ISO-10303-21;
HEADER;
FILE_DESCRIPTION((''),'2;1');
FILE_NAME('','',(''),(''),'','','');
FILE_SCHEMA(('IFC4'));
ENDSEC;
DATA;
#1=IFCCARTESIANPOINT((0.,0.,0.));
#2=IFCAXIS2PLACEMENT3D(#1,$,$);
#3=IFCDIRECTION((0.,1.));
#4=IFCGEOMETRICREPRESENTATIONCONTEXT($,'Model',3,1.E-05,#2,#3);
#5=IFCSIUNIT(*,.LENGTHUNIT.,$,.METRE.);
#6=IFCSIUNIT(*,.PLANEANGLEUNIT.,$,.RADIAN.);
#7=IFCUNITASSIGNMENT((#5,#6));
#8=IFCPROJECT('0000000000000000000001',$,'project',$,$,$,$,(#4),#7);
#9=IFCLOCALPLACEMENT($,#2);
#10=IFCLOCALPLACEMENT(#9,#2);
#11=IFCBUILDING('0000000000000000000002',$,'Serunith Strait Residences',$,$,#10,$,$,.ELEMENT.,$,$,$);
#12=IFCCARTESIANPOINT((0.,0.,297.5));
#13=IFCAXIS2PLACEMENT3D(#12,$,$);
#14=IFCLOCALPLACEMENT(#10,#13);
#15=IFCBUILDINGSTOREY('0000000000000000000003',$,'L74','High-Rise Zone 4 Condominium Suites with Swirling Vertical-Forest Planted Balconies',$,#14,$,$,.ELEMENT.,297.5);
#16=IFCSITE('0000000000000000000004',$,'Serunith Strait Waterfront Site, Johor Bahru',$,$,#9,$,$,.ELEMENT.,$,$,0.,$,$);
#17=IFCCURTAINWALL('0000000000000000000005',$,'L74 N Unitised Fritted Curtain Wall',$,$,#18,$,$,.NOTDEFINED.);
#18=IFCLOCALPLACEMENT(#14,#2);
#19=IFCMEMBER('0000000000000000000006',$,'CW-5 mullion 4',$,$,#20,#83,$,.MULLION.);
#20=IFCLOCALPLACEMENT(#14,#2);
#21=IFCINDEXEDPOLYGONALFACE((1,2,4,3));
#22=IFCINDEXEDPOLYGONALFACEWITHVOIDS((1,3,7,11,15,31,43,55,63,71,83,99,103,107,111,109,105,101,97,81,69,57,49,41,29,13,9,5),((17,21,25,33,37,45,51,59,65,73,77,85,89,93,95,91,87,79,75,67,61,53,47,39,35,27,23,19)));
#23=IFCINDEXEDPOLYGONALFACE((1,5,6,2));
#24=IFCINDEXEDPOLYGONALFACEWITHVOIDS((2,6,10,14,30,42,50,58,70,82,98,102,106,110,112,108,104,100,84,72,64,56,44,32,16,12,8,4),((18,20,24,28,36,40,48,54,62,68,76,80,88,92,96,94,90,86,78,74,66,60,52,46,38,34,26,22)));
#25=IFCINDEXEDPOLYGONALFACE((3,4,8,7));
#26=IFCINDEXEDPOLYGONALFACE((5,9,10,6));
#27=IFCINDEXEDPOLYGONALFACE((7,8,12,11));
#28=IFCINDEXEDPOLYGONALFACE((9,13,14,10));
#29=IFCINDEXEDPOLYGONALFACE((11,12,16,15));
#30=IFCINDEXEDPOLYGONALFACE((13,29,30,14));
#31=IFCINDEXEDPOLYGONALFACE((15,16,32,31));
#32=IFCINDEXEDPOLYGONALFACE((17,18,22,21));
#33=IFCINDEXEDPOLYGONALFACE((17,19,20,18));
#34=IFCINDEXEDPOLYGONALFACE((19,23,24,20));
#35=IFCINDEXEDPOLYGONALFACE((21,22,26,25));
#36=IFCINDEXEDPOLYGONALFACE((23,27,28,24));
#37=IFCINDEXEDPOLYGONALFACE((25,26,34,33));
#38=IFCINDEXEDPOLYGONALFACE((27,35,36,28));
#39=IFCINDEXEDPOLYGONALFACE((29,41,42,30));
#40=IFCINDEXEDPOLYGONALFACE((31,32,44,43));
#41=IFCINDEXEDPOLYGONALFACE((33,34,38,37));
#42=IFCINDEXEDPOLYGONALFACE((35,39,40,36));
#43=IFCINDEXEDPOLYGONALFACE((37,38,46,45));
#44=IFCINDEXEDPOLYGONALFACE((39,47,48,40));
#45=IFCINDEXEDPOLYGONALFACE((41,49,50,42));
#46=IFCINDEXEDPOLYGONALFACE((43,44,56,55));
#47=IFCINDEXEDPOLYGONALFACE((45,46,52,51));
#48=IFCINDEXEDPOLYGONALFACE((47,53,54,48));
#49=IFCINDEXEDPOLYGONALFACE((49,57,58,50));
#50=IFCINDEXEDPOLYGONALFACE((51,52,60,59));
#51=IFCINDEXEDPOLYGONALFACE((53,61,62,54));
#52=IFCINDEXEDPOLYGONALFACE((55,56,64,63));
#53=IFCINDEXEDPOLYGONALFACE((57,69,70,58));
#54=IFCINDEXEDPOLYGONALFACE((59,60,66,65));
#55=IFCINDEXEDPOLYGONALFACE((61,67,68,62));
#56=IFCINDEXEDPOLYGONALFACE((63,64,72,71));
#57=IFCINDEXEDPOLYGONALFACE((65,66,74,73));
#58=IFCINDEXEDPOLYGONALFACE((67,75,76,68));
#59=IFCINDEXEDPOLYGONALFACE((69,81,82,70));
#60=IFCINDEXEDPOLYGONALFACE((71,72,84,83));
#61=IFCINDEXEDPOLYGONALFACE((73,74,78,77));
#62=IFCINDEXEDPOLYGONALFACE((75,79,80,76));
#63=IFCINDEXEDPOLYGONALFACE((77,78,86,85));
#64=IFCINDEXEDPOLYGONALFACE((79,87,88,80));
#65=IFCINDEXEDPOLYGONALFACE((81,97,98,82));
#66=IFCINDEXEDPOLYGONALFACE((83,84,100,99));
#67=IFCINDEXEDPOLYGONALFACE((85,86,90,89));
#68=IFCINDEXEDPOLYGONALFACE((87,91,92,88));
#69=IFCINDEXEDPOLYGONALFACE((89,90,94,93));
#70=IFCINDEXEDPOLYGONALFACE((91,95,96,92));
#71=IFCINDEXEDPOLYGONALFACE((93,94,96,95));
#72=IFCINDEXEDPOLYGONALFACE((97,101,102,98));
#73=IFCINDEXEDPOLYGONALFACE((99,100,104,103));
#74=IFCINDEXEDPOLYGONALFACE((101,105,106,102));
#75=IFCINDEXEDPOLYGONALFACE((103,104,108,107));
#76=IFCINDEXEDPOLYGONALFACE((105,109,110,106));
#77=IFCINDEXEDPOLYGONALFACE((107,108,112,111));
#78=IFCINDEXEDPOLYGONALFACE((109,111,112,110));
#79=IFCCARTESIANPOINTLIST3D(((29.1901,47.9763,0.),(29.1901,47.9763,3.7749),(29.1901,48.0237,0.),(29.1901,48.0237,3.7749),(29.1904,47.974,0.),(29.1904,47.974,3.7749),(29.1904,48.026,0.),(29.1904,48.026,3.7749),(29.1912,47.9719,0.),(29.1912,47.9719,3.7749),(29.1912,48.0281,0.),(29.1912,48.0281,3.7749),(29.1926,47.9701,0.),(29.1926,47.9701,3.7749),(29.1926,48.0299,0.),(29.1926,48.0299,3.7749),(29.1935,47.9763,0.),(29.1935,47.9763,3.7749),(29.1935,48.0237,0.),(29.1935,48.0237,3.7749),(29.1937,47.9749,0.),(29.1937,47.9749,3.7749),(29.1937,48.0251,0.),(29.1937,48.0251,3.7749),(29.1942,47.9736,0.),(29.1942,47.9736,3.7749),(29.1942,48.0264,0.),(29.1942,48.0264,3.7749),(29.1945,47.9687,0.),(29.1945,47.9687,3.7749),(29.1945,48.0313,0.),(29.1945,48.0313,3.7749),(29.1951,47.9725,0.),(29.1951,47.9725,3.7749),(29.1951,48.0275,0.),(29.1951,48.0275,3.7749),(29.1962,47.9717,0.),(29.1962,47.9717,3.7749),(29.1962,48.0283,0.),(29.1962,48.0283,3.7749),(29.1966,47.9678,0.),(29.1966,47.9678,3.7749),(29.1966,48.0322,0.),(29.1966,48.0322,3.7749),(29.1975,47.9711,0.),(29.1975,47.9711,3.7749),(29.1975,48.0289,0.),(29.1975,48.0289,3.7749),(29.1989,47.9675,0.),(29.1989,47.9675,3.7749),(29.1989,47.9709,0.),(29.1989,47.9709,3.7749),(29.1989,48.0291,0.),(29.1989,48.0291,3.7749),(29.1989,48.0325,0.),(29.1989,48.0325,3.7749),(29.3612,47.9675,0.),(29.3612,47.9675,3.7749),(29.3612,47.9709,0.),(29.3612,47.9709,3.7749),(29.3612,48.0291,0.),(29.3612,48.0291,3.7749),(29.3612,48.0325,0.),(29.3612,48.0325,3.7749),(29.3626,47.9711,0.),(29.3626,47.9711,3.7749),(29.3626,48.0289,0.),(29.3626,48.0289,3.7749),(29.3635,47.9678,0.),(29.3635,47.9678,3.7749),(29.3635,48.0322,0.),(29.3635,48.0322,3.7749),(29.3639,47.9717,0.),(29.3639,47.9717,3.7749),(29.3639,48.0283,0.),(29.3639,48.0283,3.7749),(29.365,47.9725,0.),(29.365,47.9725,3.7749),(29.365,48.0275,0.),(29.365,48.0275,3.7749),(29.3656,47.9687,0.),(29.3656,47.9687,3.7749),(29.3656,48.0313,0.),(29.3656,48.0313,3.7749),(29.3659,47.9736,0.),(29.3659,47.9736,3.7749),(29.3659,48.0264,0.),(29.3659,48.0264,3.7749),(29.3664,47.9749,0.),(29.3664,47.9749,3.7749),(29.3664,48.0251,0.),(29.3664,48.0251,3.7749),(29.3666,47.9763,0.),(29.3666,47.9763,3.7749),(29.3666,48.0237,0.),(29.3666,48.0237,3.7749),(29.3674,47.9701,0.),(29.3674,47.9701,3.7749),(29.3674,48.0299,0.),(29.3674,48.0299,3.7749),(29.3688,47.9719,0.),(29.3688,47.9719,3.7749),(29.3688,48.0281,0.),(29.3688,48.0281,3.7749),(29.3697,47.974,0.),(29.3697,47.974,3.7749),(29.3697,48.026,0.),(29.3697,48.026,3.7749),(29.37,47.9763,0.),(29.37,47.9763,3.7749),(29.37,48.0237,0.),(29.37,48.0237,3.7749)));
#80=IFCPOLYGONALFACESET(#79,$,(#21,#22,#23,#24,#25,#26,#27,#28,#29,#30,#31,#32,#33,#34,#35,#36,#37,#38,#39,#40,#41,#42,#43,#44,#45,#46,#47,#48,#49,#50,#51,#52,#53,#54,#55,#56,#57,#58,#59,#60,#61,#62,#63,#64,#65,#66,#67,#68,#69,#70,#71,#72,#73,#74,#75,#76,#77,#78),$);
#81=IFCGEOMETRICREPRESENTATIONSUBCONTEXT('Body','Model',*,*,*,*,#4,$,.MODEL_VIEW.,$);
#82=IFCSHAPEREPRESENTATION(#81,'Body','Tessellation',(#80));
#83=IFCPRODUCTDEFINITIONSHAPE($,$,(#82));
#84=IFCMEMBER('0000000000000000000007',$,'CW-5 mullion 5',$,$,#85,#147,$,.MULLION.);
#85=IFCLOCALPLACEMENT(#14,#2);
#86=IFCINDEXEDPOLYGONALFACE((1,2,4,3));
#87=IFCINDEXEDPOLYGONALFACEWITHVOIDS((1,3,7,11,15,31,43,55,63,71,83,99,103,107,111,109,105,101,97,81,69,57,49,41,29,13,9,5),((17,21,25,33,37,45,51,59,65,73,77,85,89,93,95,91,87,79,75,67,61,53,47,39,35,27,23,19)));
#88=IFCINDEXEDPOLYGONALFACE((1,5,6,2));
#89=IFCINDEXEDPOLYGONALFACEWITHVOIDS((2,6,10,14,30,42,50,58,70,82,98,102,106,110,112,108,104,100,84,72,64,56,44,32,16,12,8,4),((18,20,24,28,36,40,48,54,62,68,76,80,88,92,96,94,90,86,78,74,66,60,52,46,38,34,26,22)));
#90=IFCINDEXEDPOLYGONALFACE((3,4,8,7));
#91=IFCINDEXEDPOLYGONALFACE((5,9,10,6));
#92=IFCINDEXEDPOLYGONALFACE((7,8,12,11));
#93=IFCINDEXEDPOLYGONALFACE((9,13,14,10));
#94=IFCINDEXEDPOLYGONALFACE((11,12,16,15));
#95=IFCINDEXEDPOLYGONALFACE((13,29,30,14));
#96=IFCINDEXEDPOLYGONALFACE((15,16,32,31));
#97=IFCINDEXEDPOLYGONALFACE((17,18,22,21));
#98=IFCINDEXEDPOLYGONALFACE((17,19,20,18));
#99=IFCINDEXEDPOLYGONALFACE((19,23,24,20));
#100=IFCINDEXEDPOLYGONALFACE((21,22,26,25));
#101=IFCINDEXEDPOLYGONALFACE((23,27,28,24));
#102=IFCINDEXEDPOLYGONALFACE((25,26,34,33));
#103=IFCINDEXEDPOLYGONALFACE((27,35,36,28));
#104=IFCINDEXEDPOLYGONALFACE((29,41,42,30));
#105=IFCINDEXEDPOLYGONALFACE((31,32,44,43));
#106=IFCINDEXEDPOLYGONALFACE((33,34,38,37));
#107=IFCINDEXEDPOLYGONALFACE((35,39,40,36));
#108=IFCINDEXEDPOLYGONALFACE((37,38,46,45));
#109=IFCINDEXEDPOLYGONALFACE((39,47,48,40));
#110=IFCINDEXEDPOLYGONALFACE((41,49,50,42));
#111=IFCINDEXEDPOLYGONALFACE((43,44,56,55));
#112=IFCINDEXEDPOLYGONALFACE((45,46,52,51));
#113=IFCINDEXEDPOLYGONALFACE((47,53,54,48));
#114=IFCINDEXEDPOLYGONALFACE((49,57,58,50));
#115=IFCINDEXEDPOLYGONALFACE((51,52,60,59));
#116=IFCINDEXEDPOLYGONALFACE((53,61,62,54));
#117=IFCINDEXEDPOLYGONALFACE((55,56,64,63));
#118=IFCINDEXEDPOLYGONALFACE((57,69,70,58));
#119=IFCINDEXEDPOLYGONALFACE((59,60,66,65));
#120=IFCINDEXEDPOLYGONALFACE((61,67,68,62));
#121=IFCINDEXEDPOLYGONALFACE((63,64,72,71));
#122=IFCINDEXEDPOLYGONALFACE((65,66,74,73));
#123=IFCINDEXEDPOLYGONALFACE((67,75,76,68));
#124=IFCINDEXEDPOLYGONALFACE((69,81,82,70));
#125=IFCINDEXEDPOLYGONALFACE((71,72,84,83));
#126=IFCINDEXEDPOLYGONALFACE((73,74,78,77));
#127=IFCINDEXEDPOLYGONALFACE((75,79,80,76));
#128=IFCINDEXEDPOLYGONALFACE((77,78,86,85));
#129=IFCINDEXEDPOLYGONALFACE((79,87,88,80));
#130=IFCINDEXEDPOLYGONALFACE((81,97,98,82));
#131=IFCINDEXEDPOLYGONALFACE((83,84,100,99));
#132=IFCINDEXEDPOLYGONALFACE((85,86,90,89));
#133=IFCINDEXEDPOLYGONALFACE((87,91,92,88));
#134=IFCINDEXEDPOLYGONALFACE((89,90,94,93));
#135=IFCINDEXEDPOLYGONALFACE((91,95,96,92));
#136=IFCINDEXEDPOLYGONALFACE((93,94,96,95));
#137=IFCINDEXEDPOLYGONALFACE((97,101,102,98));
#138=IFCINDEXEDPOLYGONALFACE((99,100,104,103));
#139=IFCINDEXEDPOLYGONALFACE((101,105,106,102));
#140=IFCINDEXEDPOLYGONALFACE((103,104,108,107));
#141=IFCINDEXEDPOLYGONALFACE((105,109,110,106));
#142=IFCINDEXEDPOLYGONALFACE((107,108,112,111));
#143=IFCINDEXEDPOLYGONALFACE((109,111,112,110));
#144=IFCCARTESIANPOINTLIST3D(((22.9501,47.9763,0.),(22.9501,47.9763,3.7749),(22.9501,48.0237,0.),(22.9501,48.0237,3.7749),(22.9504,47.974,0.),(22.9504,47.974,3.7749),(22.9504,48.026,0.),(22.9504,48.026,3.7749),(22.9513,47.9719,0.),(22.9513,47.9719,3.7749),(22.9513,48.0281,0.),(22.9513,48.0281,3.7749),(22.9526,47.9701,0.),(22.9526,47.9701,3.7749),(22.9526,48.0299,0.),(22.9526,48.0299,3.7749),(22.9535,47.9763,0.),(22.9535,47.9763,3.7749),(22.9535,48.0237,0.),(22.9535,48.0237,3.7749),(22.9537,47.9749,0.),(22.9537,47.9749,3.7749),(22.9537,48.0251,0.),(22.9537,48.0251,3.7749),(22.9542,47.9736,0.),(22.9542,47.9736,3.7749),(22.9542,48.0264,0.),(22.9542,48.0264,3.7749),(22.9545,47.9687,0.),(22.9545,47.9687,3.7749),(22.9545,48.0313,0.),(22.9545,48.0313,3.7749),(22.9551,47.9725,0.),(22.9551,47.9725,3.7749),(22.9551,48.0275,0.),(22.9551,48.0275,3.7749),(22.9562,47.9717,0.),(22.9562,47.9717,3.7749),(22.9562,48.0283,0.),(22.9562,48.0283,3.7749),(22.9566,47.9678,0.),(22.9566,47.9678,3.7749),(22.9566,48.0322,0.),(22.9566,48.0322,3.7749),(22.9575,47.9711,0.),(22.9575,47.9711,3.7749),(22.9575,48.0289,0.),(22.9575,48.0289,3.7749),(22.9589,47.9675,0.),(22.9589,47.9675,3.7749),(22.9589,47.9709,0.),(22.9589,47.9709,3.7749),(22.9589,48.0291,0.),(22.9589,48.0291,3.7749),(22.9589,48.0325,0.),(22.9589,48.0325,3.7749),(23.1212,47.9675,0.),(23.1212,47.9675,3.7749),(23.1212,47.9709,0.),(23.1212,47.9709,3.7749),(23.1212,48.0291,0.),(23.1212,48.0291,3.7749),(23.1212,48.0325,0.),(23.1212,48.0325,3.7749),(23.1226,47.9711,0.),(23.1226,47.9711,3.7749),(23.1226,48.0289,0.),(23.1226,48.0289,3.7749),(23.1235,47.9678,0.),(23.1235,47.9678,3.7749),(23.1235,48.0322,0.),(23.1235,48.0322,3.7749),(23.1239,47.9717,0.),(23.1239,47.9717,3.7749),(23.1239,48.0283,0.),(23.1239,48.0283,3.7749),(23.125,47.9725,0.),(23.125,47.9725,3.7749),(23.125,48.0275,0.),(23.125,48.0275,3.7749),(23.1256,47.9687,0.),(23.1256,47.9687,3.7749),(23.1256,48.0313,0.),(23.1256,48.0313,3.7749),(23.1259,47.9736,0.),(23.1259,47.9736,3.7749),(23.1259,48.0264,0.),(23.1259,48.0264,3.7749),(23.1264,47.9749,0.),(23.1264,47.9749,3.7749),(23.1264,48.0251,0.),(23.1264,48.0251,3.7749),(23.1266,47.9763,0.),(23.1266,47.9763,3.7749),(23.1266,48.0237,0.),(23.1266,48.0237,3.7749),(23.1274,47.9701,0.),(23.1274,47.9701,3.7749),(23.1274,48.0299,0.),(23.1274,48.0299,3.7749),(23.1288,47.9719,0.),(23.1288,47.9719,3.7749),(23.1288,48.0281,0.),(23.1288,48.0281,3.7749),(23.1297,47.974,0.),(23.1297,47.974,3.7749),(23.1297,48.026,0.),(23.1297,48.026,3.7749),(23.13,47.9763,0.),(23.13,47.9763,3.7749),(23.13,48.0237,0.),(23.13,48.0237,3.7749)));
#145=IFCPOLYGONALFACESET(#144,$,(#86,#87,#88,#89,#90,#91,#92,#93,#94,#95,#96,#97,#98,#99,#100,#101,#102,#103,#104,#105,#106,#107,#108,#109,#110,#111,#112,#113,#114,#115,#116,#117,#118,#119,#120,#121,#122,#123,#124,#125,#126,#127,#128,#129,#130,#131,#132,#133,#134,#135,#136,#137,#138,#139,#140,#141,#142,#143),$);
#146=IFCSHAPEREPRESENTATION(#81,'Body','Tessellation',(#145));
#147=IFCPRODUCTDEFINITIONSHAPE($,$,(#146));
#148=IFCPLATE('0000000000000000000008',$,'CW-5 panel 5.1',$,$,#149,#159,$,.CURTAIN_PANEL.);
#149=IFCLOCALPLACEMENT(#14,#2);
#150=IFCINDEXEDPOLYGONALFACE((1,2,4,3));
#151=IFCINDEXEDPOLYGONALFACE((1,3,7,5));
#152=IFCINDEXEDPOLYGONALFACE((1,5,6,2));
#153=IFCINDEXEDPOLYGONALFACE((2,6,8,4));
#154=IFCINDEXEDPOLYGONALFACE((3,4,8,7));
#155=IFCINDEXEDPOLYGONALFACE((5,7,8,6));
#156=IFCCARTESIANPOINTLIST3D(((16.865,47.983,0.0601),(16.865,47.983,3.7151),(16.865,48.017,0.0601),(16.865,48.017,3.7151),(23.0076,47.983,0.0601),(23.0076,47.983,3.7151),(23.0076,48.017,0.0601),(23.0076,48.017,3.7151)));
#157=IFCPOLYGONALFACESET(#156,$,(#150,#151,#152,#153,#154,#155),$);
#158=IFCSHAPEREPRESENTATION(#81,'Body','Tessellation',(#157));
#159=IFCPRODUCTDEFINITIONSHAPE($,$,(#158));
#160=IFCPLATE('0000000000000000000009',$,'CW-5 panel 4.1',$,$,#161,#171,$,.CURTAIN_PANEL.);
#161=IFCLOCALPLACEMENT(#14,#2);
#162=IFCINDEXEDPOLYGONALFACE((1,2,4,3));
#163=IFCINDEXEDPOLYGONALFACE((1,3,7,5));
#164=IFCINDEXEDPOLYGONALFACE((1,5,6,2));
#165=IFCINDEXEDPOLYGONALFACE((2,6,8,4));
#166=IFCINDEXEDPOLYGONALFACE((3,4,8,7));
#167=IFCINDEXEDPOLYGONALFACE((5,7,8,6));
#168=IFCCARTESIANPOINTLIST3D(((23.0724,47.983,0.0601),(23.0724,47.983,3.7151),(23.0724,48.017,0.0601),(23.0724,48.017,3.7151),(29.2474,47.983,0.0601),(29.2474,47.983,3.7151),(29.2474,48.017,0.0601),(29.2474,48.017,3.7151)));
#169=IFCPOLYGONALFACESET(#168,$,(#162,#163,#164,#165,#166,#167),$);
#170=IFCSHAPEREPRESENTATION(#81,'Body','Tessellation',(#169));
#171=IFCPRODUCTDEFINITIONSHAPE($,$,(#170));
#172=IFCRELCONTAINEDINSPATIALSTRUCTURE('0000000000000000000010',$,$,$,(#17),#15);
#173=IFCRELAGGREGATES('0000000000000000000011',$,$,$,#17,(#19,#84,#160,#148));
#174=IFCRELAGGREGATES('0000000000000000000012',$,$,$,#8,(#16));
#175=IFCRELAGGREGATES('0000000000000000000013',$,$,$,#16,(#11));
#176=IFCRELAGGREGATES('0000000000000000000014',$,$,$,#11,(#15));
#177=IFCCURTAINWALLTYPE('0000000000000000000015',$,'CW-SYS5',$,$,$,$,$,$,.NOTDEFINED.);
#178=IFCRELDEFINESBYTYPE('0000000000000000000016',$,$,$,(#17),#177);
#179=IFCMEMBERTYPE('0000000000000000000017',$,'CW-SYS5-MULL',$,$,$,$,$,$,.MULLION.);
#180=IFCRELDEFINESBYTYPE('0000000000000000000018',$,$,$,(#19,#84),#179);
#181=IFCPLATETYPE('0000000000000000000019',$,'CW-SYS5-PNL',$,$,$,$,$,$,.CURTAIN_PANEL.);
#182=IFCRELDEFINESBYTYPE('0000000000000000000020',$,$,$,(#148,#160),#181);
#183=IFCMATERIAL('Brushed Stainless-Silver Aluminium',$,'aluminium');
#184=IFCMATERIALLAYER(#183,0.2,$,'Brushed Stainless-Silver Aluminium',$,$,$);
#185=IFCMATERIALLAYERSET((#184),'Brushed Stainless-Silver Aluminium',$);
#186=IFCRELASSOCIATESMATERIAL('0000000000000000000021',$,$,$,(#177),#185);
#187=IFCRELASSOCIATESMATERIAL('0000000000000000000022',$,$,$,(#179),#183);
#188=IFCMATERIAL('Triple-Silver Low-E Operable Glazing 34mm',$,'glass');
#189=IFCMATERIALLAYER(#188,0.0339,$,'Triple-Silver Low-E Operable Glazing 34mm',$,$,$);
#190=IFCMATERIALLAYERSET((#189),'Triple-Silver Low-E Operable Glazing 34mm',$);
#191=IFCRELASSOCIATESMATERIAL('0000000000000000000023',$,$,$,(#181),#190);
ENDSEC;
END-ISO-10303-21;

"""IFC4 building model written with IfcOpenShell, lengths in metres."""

from ifc_helpers import new_model, si_unit, direction, frame, origin, origin_2d, place, context, subcontext, project, spatial, rectangle, hollow_rectangle, extrude, source, transform, mapped, material, layer, layer_set, material_profile, profile_set, type_object, element, aggregate, save


model = new_model("IFC4")

# Units and contexts
model_context = context("Model", 3, precision=1e-05, world=origin(), true_north=direction((0.0, 1.0)))
body_context = subcontext(model_context, "Body", "Model", "MODEL_VIEW")
ifc_project = project(units=[si_unit("LENGTHUNIT", "METRE"), si_unit("PLANEANGLEUNIT", "RADIAN")], contexts=[model_context])

# Site, building, storey
site_placement = place(None, origin())
site = spatial("IfcSite", under=ifc_project, at=site_placement, Name="Serunith Strait Waterfront Site, Johor Bahru", CompositionType="ELEMENT", RefElevation=0.0)
building_placement = place(site_placement, origin())
building = spatial("IfcBuilding", under=site, at=building_placement, Name="Serunith Strait Residences", CompositionType="ELEMENT")
storey_placement = place(building_placement, frame((0.0, 0.0, 297.5)))
storey = spatial("IfcBuildingStorey", under=building, at=storey_placement, Name="L74", Description="High-Rise Zone 4 Condominium Suites with Swirling Vertical-Forest Planted Balconies", CompositionType="ELEMENT", Elevation=297.5)

# Curtain wall, members, plates
ifc_material_1 = material(Name="Brushed Stainless-Silver Aluminium", Category="aluminium")
ifc_layer_1 = layer(ifc_material_1, 0.2, Name="Brushed Stainless-Silver Aluminium")
ifc_layer_set_1 = layer_set([ifc_layer_1], Name="Brushed Stainless-Silver Aluminium")
curtain_wall_type = type_object("IfcCurtainWallType", Name="CW-SYS5", PredefinedType="NOTDEFINED", material=ifc_layer_set_1)
curtain_wall_placement = place(storey_placement, origin())
curtain_wall = element("IfcCurtainWall", 1, at=curtain_wall_placement, inside=storey, type_object=curtain_wall_type, Name="L74 N Unitised Fritted Curtain Wall", PredefinedType="NOTDEFINED")
ifc_material_profile_1 = material_profile(ifc_material_1, hollow_rectangle(XDim=0.0649, YDim=0.1799, WallThickness=0.0034, InnerFilletRadius=0.0054, OuterFilletRadius=0.0088, at=origin_2d()), Name="ALU 180x65x3.5")
ifc_profile_set_1 = profile_set([ifc_material_profile_1], Name="Brushed Stainless-Silver Aluminium")
member_type_1 = type_object("IfcMemberType", Name="CW-SYS5-MULL", PredefinedType="MULLION", material=ifc_profile_set_1)
shared_shape_1 = source(origin(), body_context, "Body", "SweptSolid", [
    extrude(hollow_rectangle(XDim=0.0649, YDim=0.1799, WallThickness=0.0034, InnerFilletRadius=0.0054, OuterFilletRadius=0.0088, at=origin_2d()), origin(), (0.0, 0.0, 1.0), 3.7749),
])
member_1_placement = place(storey_placement, frame((29.28, 48.0, 0.0), z_axis=(0.0, 0.0, 1.0), x_axis=(0.0, -1.0, 0.0)))
member_1 = element("IfcMember", 2, at=member_1_placement, type_object=member_type_1, Name="CW-5 mullion 4", PredefinedType="MULLION", context=body_context, shape_type="MappedRepresentation", body=[
    mapped(shared_shape_1, transform((0.0, 0.0, 0.0), scale=1.0)),
])
member_2_placement = place(storey_placement, frame((23.04, 48.0, 0.0), z_axis=(0.0, 0.0, 1.0), x_axis=(0.0, -1.0, 0.0)))
member_2 = element("IfcMember", 3, at=member_2_placement, type_object=member_type_1, Name="CW-5 mullion 5", PredefinedType="MULLION", context=body_context, shape_type="MappedRepresentation", body=[
    mapped(shared_shape_1, transform((0.0, 0.0, 0.0), scale=1.0)),
])
ifc_material_2 = material(Name="Triple-Silver Low-E Operable Glazing 34mm", Category="glass")
ifc_layer_2 = layer(ifc_material_2, 0.0339, Name="Triple-Silver Low-E Operable Glazing 34mm")
ifc_layer_set_2 = layer_set([ifc_layer_2], Name="Triple-Silver Low-E Operable Glazing 34mm")
plate_type = type_object("IfcPlateType", Name="CW-SYS5-PNL", PredefinedType="CURTAIN_PANEL", material=ifc_layer_set_2)
shared_shape_2 = source(origin(), body_context, "Body", "SweptSolid", [
    extrude(rectangle(XDim=6.1426, YDim=0.0339, at=origin_2d()), origin(), (0.0, 0.0, 1.0), 3.655),
])
plate_1_placement = place(storey_placement, frame((19.9363, 48.0, 0.0601), z_axis=(0.0, 0.0, 1.0), x_axis=(-1.0, 0.0, 0.0)))
plate_1 = element("IfcPlate", 4, at=plate_1_placement, type_object=plate_type, Name="CW-5 panel 5.1", PredefinedType="CURTAIN_PANEL", context=body_context, shape_type="MappedRepresentation", body=[
    mapped(shared_shape_2, transform((0.0, 0.0, 0.0), scale=1.0)),
])
shared_shape_3 = source(origin(), body_context, "Body", "SweptSolid", [
    extrude(rectangle(XDim=6.175, YDim=0.0339, at=origin_2d()), origin(), (0.0, 0.0, 1.0), 3.655),
])
plate_2_placement = place(storey_placement, frame((26.1599, 48.0, 0.0601), z_axis=(0.0, 0.0, 1.0), x_axis=(-1.0, 0.0, 0.0)))
plate_2 = element("IfcPlate", 5, at=plate_2_placement, type_object=plate_type, Name="CW-5 panel 4.1", PredefinedType="CURTAIN_PANEL", context=body_context, shape_type="MappedRepresentation", body=[
    mapped(shared_shape_3, transform((0.0, 0.0, 0.0), scale=1.0)),
])
aggregate(curtain_wall, [member_1, member_2, plate_2, plate_1])

save(model, "model.ifc")
